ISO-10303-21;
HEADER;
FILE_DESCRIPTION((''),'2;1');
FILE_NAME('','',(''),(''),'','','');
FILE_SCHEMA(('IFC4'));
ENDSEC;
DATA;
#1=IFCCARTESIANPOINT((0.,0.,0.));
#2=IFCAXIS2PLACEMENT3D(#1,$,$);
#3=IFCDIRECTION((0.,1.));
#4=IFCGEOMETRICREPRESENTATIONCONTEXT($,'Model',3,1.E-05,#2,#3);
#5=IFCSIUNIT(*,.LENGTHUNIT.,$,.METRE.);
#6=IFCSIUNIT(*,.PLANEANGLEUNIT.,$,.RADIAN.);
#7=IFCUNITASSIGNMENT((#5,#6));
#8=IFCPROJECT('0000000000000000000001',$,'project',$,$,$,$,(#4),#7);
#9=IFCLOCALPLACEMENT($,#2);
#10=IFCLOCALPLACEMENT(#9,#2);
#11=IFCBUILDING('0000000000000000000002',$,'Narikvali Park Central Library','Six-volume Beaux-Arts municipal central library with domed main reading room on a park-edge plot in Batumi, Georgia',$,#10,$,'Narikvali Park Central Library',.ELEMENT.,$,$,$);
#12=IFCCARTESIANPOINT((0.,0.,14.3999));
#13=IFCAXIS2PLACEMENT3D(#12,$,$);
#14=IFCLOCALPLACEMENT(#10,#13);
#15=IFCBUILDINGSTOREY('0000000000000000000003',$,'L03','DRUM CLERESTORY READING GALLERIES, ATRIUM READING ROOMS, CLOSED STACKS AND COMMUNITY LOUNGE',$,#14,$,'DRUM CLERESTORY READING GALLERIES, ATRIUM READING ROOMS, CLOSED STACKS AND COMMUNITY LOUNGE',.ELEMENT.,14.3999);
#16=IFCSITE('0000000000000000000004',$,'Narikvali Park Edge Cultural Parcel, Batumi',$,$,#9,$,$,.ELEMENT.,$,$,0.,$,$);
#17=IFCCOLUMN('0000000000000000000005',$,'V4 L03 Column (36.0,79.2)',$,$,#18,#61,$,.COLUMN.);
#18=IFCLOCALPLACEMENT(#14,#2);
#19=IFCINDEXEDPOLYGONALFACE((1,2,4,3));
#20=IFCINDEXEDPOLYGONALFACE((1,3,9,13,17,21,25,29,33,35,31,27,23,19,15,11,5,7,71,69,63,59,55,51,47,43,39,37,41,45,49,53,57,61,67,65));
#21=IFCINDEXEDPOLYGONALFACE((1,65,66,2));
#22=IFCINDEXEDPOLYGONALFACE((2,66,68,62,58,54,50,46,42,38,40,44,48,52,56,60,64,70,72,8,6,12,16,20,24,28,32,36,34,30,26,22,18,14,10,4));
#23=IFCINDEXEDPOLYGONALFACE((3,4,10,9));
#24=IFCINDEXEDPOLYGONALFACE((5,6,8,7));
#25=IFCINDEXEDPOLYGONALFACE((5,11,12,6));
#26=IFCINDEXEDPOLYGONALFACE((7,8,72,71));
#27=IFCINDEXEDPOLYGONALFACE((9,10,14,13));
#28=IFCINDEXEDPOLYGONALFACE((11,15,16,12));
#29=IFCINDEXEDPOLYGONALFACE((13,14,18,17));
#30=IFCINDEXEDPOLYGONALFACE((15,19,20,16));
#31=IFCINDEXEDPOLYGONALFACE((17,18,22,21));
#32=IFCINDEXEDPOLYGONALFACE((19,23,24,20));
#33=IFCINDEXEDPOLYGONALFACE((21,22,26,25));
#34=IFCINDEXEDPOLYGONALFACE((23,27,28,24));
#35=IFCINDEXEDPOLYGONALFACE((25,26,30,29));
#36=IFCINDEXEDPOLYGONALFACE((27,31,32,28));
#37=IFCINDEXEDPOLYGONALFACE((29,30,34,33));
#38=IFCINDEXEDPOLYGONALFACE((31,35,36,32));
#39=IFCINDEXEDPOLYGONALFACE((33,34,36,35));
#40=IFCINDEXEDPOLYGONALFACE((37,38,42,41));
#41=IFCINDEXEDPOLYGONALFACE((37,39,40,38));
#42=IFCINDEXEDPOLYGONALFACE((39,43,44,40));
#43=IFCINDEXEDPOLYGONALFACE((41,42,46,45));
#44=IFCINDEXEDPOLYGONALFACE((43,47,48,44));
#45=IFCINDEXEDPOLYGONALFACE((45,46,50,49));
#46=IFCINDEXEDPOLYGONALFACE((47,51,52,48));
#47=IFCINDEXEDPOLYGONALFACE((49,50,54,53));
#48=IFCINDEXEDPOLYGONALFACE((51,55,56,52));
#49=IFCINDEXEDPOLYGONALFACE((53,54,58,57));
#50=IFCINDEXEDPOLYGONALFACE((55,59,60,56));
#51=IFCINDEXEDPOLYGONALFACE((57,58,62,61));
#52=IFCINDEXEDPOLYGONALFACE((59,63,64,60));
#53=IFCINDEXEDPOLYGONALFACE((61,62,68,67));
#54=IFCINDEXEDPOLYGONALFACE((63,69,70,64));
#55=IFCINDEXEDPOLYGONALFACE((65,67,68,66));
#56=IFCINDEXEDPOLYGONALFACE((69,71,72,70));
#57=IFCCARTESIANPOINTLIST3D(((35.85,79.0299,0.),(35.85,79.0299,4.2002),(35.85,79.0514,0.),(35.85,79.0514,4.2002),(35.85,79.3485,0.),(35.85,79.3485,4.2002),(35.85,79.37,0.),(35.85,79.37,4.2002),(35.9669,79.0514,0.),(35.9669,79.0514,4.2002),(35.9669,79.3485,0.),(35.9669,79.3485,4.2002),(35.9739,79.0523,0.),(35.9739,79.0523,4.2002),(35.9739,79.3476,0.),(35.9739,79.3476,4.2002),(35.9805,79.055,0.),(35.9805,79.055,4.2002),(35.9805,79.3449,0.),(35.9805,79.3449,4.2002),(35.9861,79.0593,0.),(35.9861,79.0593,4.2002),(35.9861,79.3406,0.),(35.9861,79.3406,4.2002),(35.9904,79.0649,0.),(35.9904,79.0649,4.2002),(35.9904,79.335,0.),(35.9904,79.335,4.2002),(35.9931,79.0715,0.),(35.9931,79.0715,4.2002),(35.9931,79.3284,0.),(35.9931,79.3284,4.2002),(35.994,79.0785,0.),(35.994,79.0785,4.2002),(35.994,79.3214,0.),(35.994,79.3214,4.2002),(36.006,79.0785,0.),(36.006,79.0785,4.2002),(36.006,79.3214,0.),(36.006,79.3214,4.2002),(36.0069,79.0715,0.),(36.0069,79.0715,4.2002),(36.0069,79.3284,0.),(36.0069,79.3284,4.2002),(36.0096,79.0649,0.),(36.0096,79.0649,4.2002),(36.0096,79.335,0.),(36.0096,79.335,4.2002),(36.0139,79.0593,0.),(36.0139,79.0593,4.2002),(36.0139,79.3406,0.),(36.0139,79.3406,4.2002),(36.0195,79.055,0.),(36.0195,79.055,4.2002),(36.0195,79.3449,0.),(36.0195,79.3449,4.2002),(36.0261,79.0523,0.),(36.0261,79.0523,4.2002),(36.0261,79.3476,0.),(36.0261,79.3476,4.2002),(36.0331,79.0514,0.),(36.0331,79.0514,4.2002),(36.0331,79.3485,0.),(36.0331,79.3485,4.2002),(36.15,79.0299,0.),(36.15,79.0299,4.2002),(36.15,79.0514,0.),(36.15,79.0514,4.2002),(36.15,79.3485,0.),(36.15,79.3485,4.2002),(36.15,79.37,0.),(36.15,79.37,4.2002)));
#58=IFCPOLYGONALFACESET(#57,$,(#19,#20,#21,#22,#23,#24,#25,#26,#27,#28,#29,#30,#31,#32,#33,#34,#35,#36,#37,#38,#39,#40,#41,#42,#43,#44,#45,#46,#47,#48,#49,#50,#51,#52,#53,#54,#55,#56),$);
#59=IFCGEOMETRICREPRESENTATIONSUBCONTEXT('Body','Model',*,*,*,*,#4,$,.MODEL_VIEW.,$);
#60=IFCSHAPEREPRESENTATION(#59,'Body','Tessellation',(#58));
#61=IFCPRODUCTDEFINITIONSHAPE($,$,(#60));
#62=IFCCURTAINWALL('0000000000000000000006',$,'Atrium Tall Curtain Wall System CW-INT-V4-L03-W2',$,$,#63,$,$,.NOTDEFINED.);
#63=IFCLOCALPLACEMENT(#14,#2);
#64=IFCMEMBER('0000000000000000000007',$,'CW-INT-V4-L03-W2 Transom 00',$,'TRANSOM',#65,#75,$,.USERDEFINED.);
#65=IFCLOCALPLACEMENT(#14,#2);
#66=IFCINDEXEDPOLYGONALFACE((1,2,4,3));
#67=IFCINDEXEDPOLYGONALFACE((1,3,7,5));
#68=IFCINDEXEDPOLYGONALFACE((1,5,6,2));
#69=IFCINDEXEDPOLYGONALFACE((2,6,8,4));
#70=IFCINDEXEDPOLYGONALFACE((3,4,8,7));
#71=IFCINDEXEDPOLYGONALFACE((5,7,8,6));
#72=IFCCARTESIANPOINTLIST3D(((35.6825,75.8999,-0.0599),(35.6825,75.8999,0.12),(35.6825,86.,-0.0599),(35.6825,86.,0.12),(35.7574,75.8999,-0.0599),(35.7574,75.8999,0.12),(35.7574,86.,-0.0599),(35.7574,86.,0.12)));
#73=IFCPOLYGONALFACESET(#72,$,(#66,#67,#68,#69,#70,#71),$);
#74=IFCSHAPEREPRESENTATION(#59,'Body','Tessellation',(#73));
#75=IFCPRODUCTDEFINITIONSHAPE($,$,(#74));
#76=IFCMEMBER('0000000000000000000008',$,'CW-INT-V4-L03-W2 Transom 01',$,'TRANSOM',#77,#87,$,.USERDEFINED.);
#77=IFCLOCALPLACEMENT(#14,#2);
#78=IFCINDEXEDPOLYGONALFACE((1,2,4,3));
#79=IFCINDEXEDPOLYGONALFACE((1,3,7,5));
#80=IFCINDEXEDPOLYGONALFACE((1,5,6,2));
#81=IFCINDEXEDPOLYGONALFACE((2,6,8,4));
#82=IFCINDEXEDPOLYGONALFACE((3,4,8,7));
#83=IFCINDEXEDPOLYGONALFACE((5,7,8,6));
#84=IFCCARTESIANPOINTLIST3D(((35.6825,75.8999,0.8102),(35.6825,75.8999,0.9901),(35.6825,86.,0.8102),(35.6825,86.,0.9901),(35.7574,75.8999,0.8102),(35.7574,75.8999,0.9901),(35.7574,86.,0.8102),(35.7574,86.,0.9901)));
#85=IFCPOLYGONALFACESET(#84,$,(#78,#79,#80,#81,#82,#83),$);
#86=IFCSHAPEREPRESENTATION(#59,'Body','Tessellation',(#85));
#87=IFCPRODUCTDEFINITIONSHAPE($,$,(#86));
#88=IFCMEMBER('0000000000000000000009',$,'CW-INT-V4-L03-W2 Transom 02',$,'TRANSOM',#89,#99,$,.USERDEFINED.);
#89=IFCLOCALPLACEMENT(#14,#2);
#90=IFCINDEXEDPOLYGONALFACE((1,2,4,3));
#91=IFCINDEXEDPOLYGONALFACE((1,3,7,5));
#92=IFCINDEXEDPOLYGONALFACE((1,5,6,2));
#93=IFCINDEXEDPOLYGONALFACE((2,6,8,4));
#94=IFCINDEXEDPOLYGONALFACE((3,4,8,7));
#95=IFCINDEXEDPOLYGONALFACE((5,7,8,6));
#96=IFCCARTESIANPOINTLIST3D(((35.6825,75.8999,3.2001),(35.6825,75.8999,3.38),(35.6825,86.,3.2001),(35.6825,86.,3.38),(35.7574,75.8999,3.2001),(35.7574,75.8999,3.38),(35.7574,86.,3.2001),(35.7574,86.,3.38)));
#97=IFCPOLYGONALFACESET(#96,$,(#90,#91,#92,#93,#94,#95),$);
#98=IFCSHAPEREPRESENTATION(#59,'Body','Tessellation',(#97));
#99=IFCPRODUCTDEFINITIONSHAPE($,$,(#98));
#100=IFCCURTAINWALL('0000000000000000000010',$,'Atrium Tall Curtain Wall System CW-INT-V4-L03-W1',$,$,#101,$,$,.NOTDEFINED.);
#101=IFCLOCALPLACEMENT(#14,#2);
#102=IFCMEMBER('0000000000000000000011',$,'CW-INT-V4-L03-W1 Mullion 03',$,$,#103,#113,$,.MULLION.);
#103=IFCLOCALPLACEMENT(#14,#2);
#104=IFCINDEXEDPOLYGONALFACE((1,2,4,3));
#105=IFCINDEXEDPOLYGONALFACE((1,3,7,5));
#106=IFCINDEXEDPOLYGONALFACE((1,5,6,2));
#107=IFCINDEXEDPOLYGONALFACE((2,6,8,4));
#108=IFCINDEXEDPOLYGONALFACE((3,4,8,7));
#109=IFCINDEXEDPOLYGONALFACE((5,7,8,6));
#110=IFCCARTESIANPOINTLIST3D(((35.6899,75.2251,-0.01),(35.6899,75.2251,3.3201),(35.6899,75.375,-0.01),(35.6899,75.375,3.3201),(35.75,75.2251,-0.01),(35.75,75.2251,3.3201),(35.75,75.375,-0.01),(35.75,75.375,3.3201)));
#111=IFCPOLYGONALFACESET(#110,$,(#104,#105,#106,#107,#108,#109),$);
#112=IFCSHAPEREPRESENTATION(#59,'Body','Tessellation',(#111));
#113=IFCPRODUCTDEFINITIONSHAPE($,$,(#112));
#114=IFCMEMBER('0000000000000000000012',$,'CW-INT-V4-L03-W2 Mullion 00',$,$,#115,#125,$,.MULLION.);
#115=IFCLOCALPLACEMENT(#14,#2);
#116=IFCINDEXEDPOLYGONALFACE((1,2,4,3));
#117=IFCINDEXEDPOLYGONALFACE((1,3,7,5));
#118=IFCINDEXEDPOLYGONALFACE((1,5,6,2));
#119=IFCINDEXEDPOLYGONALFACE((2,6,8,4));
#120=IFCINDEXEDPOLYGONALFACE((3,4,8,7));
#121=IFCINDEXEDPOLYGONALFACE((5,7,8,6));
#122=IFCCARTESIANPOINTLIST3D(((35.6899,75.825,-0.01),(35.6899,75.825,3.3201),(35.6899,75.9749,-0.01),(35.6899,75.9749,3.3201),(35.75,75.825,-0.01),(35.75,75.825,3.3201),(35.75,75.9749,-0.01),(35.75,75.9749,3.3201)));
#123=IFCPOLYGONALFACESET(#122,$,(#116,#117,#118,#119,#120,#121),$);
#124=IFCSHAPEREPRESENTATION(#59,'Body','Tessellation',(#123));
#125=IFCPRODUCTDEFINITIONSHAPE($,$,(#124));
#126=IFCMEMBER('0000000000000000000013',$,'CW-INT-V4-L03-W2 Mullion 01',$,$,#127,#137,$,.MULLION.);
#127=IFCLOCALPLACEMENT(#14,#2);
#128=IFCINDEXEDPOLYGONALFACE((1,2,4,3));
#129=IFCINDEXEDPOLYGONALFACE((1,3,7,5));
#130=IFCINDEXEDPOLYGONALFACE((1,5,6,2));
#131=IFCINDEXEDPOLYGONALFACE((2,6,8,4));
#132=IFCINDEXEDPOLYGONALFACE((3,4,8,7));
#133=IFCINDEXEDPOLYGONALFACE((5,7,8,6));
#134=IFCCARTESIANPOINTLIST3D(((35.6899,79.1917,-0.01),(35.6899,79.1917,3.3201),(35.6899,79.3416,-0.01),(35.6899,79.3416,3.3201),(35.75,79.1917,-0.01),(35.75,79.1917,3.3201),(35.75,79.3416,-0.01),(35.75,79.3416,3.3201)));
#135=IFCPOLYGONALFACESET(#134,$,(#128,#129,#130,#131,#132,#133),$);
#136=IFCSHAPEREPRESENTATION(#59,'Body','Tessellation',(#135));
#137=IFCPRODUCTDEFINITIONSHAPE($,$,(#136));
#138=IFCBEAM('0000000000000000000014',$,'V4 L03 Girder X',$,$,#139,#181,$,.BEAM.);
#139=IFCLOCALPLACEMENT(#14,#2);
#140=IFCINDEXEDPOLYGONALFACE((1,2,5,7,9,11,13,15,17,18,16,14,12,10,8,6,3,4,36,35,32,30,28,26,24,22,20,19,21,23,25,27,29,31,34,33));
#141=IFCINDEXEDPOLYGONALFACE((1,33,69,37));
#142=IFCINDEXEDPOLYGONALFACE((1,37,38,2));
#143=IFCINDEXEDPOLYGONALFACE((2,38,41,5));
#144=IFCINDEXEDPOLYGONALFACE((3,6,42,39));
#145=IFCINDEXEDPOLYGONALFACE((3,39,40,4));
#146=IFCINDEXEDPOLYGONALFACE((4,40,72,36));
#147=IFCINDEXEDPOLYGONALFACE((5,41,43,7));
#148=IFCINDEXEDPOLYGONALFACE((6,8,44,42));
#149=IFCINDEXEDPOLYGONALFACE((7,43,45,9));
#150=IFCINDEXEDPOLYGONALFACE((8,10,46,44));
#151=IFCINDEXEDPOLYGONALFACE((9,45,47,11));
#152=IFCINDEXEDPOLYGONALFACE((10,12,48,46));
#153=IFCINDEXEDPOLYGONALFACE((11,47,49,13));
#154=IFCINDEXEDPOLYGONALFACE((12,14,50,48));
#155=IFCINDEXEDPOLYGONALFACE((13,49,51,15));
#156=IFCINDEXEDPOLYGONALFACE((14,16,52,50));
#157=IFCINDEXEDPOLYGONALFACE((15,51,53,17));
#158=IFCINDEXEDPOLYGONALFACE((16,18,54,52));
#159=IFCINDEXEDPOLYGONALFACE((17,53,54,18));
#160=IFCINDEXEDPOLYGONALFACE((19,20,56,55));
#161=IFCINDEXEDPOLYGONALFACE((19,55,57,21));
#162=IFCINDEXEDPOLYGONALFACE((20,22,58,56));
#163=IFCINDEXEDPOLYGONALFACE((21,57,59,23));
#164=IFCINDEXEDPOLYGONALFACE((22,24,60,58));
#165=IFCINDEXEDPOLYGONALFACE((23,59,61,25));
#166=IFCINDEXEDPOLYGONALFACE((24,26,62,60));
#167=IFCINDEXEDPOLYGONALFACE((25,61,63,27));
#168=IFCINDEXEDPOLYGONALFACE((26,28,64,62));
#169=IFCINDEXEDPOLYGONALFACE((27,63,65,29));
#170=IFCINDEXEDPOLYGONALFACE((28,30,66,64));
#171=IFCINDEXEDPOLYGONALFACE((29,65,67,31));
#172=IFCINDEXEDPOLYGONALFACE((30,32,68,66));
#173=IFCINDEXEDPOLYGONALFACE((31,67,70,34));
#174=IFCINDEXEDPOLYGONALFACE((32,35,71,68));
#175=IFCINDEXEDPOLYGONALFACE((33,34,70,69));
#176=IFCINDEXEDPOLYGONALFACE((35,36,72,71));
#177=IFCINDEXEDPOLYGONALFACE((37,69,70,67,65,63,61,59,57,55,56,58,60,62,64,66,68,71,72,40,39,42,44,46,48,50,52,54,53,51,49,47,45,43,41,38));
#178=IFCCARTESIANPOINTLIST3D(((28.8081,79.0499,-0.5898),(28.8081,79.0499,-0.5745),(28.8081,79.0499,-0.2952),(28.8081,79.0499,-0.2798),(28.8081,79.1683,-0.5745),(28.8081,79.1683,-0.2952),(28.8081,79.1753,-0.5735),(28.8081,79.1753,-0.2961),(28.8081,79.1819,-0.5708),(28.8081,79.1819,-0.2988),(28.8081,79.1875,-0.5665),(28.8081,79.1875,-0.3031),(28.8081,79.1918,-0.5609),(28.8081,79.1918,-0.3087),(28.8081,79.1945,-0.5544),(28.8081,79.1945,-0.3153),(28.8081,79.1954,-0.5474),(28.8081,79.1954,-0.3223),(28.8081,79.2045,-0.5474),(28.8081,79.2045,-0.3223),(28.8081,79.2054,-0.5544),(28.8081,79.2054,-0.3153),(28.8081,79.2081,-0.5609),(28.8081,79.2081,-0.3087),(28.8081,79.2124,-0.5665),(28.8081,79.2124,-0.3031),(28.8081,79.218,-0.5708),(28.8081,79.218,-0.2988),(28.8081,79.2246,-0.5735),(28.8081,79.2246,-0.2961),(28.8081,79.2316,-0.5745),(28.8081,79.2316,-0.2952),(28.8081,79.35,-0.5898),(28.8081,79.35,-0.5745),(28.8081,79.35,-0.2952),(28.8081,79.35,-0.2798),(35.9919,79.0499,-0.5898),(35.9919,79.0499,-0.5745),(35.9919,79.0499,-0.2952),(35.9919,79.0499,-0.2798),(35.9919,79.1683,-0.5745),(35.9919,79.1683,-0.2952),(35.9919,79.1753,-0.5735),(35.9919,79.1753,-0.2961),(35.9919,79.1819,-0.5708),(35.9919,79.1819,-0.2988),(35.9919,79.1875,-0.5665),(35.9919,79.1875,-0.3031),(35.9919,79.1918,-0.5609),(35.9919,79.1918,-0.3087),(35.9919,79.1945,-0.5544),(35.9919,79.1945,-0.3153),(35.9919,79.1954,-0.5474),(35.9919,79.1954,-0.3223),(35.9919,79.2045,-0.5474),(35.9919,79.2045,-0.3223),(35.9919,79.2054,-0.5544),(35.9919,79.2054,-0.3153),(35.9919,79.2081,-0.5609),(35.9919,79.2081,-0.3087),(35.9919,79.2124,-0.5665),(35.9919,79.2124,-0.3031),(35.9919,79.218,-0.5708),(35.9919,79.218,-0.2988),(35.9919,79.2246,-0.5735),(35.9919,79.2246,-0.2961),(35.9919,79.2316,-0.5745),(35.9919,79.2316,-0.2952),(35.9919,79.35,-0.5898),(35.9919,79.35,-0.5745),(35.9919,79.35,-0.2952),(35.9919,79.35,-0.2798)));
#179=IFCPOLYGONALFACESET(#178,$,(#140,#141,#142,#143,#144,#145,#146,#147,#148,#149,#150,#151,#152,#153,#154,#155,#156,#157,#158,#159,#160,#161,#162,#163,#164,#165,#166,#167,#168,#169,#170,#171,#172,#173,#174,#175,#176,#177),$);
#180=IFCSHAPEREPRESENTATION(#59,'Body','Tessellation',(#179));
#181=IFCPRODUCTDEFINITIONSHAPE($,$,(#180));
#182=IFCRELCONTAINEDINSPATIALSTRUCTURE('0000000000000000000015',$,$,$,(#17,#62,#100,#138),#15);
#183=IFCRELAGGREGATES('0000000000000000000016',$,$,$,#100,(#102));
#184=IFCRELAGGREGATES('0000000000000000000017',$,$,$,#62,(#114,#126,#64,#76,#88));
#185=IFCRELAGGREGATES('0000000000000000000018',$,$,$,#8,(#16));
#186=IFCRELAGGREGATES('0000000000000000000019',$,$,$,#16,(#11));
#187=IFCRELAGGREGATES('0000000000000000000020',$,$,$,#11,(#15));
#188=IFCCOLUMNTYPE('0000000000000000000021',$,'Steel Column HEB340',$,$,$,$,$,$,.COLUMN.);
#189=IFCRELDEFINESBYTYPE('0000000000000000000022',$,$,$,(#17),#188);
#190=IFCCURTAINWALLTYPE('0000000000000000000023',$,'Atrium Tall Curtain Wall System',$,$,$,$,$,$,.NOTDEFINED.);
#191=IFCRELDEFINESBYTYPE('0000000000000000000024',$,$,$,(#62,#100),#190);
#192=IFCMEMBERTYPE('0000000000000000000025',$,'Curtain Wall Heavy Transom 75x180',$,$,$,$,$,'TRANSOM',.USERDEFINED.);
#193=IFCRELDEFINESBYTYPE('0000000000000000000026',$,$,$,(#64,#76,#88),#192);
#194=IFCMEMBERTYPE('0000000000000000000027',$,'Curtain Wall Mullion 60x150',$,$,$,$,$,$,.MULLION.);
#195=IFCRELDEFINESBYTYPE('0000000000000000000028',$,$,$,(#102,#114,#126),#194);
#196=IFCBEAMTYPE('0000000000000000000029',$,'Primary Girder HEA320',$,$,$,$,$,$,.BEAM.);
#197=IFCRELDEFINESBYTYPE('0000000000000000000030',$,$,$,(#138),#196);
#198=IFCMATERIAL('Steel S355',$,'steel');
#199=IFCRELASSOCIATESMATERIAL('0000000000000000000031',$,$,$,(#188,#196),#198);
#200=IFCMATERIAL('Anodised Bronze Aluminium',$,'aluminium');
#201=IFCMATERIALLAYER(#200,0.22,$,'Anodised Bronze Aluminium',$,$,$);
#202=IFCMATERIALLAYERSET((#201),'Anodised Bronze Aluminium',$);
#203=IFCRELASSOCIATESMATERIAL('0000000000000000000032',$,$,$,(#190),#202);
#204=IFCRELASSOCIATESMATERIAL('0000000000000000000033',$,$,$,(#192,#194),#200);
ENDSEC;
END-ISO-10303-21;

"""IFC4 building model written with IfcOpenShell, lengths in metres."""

from ifc_helpers import new_model, si_unit, direction, frame, origin, origin_2d, place, context, subcontext, project, spatial, rectangle, i_section, extrude, material, layer, layer_set, material_profile, profile_set, type_object, element, aggregate, save


model = new_model("IFC4")

# Units and contexts
model_context = context("Model", 3, precision=1e-05, world=origin(), true_north=direction((0.0, 1.0)))
body_context = subcontext(model_context, "Body", "Model", "MODEL_VIEW")
ifc_project = project(units=[si_unit("LENGTHUNIT", "METRE"), si_unit("PLANEANGLEUNIT", "RADIAN")], contexts=[model_context])

# Site, building, storey
site_placement = place(None, origin())
site = spatial("IfcSite", under=ifc_project, at=site_placement, Name="Narikvali Park Edge Cultural Parcel, Batumi", CompositionType="ELEMENT", RefElevation=0.0)
building_placement = place(site_placement, origin())
building = spatial("IfcBuilding", under=site, at=building_placement, Name="Narikvali Park Central Library", Description="Six-volume Beaux-Arts municipal central library with domed main reading room on a park-edge plot in Batumi, Georgia", LongName="Narikvali Park Central Library", CompositionType="ELEMENT")
storey_placement = place(building_placement, frame((0.0, 0.0, 14.3999)))
storey = spatial("IfcBuildingStorey", under=building, at=storey_placement, Name="L03", Description="DRUM CLERESTORY READING GALLERIES, ATRIUM READING ROOMS, CLOSED STACKS AND COMMUNITY LOUNGE", LongName="DRUM CLERESTORY READING GALLERIES, ATRIUM READING ROOMS, CLOSED STACKS AND COMMUNITY LOUNGE", CompositionType="ELEMENT", Elevation=14.3999)

# Column
ifc_material_1 = material(Name="Steel S355", Category="steel")
ifc_material_profile_1 = material_profile(ifc_material_1, i_section(OverallWidth=0.3, OverallDepth=0.3401, WebThickness=0.012, FlangeThickness=0.0215, FilletRadius=0.0271, at=origin_2d()), Name="HEB 340")
ifc_profile_set_1 = profile_set([ifc_material_profile_1], Name="Steel S355")
column_type = type_object("IfcColumnType", Name="Steel Column HEB340", PredefinedType="COLUMN", material=ifc_profile_set_1)
column_placement = place(storey_placement, frame((36.0, 79.2, 0.0), z_axis=(0.0, 0.0, 1.0), x_axis=(1.0, 0.0, 0.0)))
element("IfcColumn", 1, at=column_placement, inside=storey, type_object=column_type, Name="V4 L03 Column (36.0,79.2)", PredefinedType="COLUMN", context=body_context, shape_type="SweptSolid", body=[
    extrude(i_section(OverallWidth=0.3, OverallDepth=0.3401, WebThickness=0.012, FlangeThickness=0.0215, FilletRadius=0.0271, at=origin_2d()), origin(), (0.0, 0.0, 1.0), 4.2002),
])

# Curtain wall, members
ifc_material_2 = material(Name="Anodised Bronze Aluminium", Category="aluminium")
ifc_layer_1 = layer(ifc_material_2, 0.22, Name="Anodised Bronze Aluminium")
ifc_layer_set_1 = layer_set([ifc_layer_1], Name="Anodised Bronze Aluminium")
curtain_wall_type = type_object("IfcCurtainWallType", Name="Atrium Tall Curtain Wall System", PredefinedType="NOTDEFINED", material=ifc_layer_set_1)
curtain_wall_1_placement = place(storey_placement, origin())
curtain_wall_1 = element("IfcCurtainWall", 2, at=curtain_wall_1_placement, inside=storey, type_object=curtain_wall_type, Name="Atrium Tall Curtain Wall System CW-INT-V4-L03-W2", PredefinedType="NOTDEFINED")
ifc_material_profile_2 = material_profile(ifc_material_2, rectangle(XDim=0.075, YDim=0.1799, at=origin_2d()), Name="CW TRANSOM 75x180")
ifc_profile_set_2 = profile_set([ifc_material_profile_2], Name="Anodised Bronze Aluminium")
member_type_1 = type_object("IfcMemberType", Name="Curtain Wall Heavy Transom 75x180", ElementType="TRANSOM", PredefinedType="USERDEFINED", material=ifc_profile_set_2)
member_1_placement = place(storey_placement, frame((35.72, 75.8999, 0.03), z_axis=(0.0, 1.0, 0.0), x_axis=(-1.0, 0.0, 0.0)))
member_1 = element("IfcMember", 3, at=member_1_placement, type_object=member_type_1, Name="CW-INT-V4-L03-W2 Transom 00", ObjectType="TRANSOM", PredefinedType="USERDEFINED", context=body_context, shape_type="SweptSolid", body=[
    extrude(rectangle(XDim=0.075, YDim=0.1799, at=origin_2d()), origin(), (0.0, 0.0, 1.0), 10.1001),
])
member_2_placement = place(storey_placement, frame((35.72, 75.8999, 0.9001), z_axis=(0.0, 1.0, 0.0), x_axis=(-1.0, 0.0, 0.0)))
member_2 = element("IfcMember", 4, at=member_2_placement, type_object=member_type_1, Name="CW-INT-V4-L03-W2 Transom 01", ObjectType="TRANSOM", PredefinedType="USERDEFINED", context=body_context, shape_type="SweptSolid", body=[
    extrude(rectangle(XDim=0.075, YDim=0.1799, at=origin_2d()), origin(), (0.0, 0.0, 1.0), 10.1001),
])
member_3_placement = place(storey_placement, frame((35.72, 75.8999, 3.29), z_axis=(0.0, 1.0, 0.0), x_axis=(-1.0, 0.0, 0.0)))
member_3 = element("IfcMember", 5, at=member_3_placement, type_object=member_type_1, Name="CW-INT-V4-L03-W2 Transom 02", ObjectType="TRANSOM", PredefinedType="USERDEFINED", context=body_context, shape_type="SweptSolid", body=[
    extrude(rectangle(XDim=0.075, YDim=0.1799, at=origin_2d()), origin(), (0.0, 0.0, 1.0), 10.1001),
])

# Curtain wall, member
curtain_wall_2_placement = place(storey_placement, origin())
curtain_wall_2 = element("IfcCurtainWall", 6, at=curtain_wall_2_placement, inside=storey, type_object=curtain_wall_type, Name="Atrium Tall Curtain Wall System CW-INT-V4-L03-W1", PredefinedType="NOTDEFINED")
ifc_material_profile_3 = material_profile(ifc_material_2, rectangle(XDim=0.0601, YDim=0.1499, at=origin_2d()), Name="CW MULLION 60x150")
ifc_profile_set_3 = profile_set([ifc_material_profile_3], Name="Anodised Bronze Aluminium")
member_type_2 = type_object("IfcMemberType", Name="Curtain Wall Mullion 60x150", PredefinedType="MULLION", material=ifc_profile_set_3)
member_4_placement = place(storey_placement, frame((35.72, 75.3, -0.01), z_axis=(0.0, 0.0, 1.0), x_axis=(1.0, 0.0, 0.0)))
member_4 = element("IfcMember", 7, at=member_4_placement, type_object=member_type_2, Name="CW-INT-V4-L03-W1 Mullion 03", PredefinedType="MULLION", context=body_context, shape_type="SweptSolid", body=[
    extrude(rectangle(XDim=0.0601, YDim=0.1499, at=origin_2d()), origin(), (0.0, 0.0, 1.0), 3.3301),
])

# Members
member_5_placement = place(storey_placement, frame((35.72, 75.8999, -0.01), z_axis=(0.0, 0.0, 1.0), x_axis=(1.0, 0.0, 0.0)))
member_5 = element("IfcMember", 8, at=member_5_placement, type_object=member_type_2, Name="CW-INT-V4-L03-W2 Mullion 00", PredefinedType="MULLION", context=body_context, shape_type="SweptSolid", body=[
    extrude(rectangle(XDim=0.0601, YDim=0.1499, at=origin_2d()), origin(), (0.0, 0.0, 1.0), 3.3301),
])
member_6_placement = place(storey_placement, frame((35.72, 79.2666, -0.01), z_axis=(0.0, 0.0, 1.0), x_axis=(1.0, 0.0, 0.0)))
member_6 = element("IfcMember", 9, at=member_6_placement, type_object=member_type_2, Name="CW-INT-V4-L03-W2 Mullion 01", PredefinedType="MULLION", context=body_context, shape_type="SweptSolid", body=[
    extrude(rectangle(XDim=0.0601, YDim=0.1499, at=origin_2d()), origin(), (0.0, 0.0, 1.0), 3.3301),
])

# Beam
ifc_material_profile_4 = material_profile(ifc_material_1, i_section(OverallWidth=0.3, OverallDepth=0.3101, WebThickness=0.009, FlangeThickness=0.0154, FilletRadius=0.0271, at=origin_2d()), Name="HEA 320")
ifc_profile_set_4 = profile_set([ifc_material_profile_4], Name="Steel S355")
beam_type_1 = type_object("IfcBeamType", Name="Primary Girder HEA320", PredefinedType="BEAM", material=ifc_profile_set_4)
beam_1_placement = place(storey_placement, frame((28.8081, 79.2, -0.4348), z_axis=(1.0, 0.0, 0.0), x_axis=(0.0, 1.0, 0.0)))
element("IfcBeam", 10, at=beam_1_placement, inside=storey, type_object=beam_type_1, Name="V4 L03 Girder X", PredefinedType="BEAM", context=body_context, shape_type="SweptSolid", body=[
    extrude(i_section(OverallWidth=0.3, OverallDepth=0.3101, WebThickness=0.009, FlangeThickness=0.0154, FilletRadius=0.0271, at=origin_2d()), origin(), (0.0, 0.0, 1.0), 7.1838),
])

aggregate(curtain_wall_2, [member_4])
aggregate(curtain_wall_1, [member_5, member_6, member_1, member_2, member_3])

save(model, "model.ifc")
